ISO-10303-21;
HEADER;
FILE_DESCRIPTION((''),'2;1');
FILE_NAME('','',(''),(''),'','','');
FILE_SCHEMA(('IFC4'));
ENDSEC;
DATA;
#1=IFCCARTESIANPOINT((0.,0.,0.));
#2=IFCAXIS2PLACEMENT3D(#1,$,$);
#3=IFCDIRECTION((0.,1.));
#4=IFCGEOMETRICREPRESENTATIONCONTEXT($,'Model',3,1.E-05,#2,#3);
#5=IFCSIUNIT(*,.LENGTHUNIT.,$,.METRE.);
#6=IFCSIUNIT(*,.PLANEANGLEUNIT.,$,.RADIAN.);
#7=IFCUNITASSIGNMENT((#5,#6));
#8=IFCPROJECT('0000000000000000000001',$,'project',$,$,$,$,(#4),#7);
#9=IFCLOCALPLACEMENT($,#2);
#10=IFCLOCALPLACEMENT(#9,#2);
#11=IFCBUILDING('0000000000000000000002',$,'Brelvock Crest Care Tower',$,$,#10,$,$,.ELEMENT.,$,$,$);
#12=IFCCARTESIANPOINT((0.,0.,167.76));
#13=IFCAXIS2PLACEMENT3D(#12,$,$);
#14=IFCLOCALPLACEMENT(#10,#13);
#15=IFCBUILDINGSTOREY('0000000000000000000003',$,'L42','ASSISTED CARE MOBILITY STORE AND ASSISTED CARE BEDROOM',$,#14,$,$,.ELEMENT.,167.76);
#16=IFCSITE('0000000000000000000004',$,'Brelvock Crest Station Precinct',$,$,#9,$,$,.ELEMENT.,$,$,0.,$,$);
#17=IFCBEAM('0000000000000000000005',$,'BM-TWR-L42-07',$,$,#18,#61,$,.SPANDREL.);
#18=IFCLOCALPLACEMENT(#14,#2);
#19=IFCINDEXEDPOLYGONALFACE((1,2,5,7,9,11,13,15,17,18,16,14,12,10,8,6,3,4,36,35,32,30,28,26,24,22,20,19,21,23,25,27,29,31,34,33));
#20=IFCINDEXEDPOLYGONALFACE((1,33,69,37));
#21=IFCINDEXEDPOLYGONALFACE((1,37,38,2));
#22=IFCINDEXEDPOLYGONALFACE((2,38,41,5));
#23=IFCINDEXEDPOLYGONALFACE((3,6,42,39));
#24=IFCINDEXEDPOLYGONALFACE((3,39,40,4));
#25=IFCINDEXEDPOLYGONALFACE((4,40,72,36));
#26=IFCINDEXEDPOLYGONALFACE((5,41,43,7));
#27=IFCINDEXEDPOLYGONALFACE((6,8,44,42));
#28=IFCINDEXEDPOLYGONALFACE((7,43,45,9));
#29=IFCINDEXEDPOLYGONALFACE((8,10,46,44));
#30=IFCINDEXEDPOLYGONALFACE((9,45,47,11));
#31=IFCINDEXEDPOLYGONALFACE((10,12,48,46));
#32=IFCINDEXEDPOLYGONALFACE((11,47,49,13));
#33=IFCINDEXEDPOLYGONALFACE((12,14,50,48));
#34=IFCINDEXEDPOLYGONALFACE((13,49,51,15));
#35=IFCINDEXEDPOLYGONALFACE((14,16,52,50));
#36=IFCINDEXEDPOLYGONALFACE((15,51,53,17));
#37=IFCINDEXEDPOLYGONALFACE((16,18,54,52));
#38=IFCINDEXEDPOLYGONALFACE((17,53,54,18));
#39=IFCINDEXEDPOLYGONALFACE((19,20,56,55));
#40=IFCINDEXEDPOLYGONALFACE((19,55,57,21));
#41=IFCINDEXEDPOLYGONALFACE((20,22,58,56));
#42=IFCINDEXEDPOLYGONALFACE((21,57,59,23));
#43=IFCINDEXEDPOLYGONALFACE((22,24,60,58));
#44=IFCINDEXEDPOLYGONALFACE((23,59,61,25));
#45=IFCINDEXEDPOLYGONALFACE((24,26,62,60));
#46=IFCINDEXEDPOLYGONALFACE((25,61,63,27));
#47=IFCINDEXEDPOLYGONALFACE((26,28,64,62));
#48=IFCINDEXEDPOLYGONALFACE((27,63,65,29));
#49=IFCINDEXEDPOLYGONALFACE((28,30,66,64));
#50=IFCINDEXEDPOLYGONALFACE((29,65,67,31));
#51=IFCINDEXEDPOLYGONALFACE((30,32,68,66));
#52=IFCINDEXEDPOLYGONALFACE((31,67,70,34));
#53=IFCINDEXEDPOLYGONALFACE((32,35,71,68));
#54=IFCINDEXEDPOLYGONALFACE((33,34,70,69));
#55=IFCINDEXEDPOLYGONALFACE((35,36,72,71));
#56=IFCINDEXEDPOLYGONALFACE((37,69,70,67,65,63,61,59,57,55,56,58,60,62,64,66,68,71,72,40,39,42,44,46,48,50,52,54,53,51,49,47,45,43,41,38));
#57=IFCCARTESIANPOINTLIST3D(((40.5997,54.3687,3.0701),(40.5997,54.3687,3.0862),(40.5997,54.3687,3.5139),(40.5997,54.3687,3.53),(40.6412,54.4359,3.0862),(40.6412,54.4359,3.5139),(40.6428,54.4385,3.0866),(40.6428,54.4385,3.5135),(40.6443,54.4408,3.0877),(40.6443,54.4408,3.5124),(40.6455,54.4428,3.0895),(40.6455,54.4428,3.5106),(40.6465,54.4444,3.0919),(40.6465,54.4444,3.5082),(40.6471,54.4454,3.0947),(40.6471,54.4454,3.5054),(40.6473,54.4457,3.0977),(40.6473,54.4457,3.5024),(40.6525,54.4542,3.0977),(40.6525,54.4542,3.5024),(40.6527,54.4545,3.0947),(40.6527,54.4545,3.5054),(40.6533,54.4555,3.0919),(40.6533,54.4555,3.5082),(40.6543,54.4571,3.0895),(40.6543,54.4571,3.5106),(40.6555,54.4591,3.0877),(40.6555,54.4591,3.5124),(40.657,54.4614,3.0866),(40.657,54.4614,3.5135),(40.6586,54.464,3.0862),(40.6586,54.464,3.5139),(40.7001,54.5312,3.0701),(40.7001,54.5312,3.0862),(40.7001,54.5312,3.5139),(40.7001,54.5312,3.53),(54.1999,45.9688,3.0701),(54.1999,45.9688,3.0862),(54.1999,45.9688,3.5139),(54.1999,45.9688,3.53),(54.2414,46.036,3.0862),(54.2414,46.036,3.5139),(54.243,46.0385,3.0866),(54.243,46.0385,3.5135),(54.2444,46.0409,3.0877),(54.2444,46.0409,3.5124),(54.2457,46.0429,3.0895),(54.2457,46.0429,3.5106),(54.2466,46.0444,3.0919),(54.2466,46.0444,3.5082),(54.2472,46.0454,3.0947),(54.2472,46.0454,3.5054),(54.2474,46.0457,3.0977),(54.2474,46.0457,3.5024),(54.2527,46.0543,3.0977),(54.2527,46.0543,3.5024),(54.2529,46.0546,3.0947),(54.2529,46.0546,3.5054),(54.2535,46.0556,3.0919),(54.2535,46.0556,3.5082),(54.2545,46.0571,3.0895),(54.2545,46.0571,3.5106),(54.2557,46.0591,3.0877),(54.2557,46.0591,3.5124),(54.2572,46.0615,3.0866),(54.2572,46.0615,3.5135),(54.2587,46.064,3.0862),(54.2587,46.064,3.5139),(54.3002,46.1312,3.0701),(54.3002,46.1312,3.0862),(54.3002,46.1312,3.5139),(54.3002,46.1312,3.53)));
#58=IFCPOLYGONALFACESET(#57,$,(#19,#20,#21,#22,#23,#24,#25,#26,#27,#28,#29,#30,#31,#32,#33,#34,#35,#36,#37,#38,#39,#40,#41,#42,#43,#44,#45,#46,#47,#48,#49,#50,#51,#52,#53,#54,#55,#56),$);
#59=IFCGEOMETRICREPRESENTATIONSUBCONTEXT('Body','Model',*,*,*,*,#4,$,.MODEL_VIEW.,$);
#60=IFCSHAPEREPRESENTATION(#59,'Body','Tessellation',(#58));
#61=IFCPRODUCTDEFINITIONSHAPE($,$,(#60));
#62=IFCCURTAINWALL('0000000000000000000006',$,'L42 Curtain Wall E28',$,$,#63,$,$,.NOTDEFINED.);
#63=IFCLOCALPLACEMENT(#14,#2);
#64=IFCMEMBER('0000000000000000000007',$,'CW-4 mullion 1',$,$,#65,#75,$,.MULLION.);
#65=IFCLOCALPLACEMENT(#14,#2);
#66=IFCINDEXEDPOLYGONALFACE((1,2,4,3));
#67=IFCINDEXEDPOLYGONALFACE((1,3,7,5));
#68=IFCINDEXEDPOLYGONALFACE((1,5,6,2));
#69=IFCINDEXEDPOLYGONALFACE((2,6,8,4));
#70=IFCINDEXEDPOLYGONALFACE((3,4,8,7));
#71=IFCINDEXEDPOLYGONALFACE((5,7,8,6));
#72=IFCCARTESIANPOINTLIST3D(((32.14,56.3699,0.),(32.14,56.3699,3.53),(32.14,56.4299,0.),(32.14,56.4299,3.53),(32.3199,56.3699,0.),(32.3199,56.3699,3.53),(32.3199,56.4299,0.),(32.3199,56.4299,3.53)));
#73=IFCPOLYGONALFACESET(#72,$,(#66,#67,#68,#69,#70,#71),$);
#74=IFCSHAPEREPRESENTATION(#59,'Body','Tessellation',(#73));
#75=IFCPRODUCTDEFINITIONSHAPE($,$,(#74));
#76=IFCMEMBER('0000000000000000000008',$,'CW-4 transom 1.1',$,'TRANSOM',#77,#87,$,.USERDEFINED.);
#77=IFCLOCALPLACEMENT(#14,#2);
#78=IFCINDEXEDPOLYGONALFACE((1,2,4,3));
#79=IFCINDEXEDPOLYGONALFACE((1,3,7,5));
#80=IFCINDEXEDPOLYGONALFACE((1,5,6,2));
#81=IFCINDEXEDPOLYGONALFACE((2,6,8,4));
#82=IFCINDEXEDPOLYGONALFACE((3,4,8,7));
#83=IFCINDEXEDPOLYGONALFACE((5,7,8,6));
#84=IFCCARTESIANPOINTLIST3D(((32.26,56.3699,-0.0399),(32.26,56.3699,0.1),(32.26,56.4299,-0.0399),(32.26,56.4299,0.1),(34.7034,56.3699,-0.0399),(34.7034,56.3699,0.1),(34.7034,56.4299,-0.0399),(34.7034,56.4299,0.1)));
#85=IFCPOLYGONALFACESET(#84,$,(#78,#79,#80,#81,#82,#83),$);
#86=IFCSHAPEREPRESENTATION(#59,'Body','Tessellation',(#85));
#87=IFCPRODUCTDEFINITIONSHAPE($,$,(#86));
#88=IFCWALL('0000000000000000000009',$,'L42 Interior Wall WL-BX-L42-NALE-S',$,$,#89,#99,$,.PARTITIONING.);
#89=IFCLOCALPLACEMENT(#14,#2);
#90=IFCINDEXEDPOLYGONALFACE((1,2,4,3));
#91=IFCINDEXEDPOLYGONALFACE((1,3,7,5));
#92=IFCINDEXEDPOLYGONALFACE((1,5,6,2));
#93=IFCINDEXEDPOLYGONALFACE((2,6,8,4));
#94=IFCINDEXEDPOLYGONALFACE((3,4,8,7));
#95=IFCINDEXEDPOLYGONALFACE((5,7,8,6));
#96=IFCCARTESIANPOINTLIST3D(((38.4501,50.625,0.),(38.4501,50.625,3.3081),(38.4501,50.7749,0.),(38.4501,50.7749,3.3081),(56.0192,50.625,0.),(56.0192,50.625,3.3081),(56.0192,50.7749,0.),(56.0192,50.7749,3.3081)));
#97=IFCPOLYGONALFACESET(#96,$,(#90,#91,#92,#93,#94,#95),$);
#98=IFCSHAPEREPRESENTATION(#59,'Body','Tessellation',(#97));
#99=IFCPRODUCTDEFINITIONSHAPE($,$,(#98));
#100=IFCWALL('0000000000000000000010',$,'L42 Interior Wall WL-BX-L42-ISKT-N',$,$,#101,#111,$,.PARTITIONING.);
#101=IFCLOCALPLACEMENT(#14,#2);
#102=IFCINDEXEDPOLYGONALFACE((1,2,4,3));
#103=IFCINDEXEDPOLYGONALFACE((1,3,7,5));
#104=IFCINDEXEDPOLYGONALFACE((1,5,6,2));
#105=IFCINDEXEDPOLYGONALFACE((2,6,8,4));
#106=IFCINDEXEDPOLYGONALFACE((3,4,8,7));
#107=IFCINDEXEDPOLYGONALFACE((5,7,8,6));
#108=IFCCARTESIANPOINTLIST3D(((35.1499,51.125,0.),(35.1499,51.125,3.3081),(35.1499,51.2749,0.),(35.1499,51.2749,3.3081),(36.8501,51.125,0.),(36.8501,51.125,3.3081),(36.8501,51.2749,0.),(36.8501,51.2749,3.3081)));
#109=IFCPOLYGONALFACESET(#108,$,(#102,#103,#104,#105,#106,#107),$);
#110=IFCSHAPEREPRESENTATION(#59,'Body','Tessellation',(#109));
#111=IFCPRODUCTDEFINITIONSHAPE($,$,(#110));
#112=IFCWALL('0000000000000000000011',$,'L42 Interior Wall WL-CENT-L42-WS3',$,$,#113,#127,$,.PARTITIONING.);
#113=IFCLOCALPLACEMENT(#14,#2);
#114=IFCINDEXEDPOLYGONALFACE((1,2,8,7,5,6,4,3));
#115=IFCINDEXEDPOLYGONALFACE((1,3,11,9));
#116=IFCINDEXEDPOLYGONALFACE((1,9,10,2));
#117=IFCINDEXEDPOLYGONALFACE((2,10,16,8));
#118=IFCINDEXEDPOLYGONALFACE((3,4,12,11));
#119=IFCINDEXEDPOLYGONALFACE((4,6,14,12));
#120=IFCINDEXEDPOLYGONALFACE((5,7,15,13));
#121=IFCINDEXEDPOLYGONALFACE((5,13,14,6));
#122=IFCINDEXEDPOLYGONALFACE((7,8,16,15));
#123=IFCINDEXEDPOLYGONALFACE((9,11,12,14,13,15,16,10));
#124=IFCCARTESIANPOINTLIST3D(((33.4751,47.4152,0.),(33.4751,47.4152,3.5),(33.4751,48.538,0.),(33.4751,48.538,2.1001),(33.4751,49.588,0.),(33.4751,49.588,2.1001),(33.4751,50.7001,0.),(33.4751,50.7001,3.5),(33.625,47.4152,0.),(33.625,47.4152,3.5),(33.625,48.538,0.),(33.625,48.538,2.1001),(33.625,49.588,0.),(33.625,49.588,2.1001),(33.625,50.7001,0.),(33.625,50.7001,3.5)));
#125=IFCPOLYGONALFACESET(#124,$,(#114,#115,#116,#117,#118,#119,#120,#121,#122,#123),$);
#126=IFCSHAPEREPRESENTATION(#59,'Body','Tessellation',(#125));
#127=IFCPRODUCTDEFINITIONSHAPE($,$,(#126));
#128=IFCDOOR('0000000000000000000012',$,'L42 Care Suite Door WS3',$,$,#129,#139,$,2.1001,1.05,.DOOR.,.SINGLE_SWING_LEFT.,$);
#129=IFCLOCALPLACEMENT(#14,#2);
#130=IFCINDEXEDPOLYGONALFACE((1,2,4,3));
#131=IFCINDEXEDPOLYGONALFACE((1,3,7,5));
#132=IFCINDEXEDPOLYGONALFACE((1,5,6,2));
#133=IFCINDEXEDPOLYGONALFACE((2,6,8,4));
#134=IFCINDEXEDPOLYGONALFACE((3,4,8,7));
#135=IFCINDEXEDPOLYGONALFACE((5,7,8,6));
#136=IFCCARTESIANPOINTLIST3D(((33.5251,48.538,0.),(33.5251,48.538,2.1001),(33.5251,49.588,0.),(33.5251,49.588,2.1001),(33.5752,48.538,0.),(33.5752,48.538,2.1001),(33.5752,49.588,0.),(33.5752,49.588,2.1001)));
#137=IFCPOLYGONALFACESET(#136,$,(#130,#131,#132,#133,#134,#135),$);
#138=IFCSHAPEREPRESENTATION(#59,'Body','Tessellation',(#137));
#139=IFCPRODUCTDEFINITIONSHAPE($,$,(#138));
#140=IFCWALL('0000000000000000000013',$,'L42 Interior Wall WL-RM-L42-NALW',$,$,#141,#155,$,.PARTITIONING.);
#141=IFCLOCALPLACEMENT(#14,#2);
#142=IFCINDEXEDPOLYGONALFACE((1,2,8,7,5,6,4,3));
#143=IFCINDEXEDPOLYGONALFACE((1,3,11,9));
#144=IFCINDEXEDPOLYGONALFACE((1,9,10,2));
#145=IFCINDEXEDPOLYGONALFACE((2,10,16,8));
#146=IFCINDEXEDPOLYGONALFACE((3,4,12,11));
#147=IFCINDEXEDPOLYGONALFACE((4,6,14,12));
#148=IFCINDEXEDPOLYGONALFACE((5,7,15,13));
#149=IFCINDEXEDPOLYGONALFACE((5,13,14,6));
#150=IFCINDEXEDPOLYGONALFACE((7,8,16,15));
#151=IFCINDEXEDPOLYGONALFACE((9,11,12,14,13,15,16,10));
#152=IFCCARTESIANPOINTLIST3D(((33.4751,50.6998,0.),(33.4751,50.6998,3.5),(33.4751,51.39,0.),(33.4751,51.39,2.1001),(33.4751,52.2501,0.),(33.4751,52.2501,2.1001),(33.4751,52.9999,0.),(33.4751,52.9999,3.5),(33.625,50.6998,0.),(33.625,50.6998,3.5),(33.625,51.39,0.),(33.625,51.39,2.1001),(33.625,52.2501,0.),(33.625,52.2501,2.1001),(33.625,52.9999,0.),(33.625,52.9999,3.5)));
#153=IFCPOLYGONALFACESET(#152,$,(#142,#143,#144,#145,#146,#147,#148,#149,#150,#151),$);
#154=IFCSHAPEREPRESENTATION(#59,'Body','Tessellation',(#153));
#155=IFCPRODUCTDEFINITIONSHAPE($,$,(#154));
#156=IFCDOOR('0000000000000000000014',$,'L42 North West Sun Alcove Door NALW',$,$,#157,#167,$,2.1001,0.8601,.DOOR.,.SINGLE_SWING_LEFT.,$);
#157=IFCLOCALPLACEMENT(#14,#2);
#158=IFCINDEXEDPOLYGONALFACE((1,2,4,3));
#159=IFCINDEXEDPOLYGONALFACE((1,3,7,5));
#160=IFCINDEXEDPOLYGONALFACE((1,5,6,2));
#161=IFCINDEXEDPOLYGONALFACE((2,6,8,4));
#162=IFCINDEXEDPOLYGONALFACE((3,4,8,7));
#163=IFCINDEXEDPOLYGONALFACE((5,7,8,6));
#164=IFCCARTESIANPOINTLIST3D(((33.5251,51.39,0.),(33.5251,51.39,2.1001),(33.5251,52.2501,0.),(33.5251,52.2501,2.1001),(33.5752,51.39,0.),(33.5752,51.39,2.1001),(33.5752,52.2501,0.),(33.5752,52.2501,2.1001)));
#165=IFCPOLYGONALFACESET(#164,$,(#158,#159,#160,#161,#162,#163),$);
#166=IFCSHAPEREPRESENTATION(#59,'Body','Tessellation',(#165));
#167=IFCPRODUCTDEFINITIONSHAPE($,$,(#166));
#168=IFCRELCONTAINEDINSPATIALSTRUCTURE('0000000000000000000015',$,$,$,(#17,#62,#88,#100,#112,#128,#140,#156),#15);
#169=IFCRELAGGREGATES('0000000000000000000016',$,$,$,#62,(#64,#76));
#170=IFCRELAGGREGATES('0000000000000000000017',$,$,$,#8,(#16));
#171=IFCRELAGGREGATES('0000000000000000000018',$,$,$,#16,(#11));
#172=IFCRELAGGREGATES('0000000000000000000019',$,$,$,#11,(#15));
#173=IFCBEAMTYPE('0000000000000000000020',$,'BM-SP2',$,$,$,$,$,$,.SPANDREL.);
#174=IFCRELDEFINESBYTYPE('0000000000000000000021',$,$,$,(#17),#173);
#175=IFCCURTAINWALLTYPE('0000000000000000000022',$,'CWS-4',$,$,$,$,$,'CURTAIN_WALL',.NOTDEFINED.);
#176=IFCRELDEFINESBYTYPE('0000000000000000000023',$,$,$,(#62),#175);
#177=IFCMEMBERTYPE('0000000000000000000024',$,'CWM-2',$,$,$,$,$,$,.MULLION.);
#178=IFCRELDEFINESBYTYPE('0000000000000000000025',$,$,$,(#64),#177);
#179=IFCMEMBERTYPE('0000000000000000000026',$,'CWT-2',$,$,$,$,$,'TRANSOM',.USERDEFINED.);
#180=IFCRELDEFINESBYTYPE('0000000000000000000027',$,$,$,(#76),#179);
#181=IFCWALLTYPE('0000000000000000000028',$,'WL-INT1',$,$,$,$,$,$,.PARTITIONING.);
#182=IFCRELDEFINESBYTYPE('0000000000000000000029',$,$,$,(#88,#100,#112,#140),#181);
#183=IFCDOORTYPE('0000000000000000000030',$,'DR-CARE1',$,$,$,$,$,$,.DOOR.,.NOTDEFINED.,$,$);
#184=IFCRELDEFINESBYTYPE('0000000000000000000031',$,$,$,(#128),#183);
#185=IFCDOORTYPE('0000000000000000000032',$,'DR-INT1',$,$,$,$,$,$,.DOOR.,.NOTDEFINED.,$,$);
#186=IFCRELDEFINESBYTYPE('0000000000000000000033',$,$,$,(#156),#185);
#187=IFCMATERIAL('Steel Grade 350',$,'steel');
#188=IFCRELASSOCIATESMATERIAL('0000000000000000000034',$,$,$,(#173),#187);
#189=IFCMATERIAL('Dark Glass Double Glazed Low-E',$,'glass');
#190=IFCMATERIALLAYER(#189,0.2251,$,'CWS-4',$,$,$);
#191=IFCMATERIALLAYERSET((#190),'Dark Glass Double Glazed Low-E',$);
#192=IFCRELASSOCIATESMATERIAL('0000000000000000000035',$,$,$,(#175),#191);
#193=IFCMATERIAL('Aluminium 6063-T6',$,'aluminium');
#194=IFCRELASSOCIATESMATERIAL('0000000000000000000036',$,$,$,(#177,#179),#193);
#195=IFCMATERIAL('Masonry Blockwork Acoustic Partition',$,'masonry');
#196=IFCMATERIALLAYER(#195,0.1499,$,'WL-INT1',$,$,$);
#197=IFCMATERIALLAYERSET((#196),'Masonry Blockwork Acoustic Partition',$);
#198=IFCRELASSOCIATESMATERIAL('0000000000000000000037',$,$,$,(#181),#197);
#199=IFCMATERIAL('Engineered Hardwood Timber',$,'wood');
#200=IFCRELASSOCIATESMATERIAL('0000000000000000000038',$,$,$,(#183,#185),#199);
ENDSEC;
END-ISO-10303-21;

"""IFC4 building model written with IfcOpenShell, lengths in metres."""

from ifc_helpers import new_model, si_unit, direction, frame, frame_2d, origin, origin_2d, place, context, subcontext, project, spatial, rectangle, i_section, extrude, source, transform, mapped, material, layer, layer_set, material_profile, profile_set, type_object, element, fill, aggregate, save


model = new_model("IFC4")

# Units and contexts
model_context = context("Model", 3, precision=1e-05, world=origin(), true_north=direction((0.0, 1.0)))
body_context = subcontext(model_context, "Body", "Model", "MODEL_VIEW")
ifc_project = project(units=[si_unit("LENGTHUNIT", "METRE"), si_unit("PLANEANGLEUNIT", "RADIAN")], contexts=[model_context])

# Site, building, storey
site_placement = place(None, origin())
site = spatial("IfcSite", under=ifc_project, at=site_placement, Name="Brelvock Crest Station Precinct", CompositionType="ELEMENT", RefElevation=0.0)
building_placement = place(site_placement, origin())
building = spatial("IfcBuilding", under=site, at=building_placement, Name="Brelvock Crest Care Tower", CompositionType="ELEMENT")
storey_placement = place(building_placement, frame((0.0, 0.0, 167.76)))
storey = spatial("IfcBuildingStorey", under=building, at=storey_placement, Name="L42", Description="ASSISTED CARE MOBILITY STORE AND ASSISTED CARE BEDROOM", CompositionType="ELEMENT", Elevation=167.76)

# Shared definitions
ifc_material_1 = material(Name="Steel Grade 350", Category="steel")

# Beam
ifc_material_profile_1 = material_profile(ifc_material_1, i_section(OverallWidth=0.1909, OverallDepth=0.46, WebThickness=0.01, FlangeThickness=0.0161, FilletRadius=0.0115, at=origin_2d()), Name="460UB82.1")
ifc_profile_set_1 = profile_set([ifc_material_profile_1], Name="Steel Grade 350")
beam_type_1 = type_object("IfcBeamType", Name="BM-SP2", PredefinedType="SPANDREL", material=ifc_profile_set_1)
shared_shape_1 = source(origin(), body_context, "Body", "SweptSolid", [
    extrude(i_section(OverallWidth=0.1909, OverallDepth=0.46, WebThickness=0.01, FlangeThickness=0.0161, FilletRadius=0.0115, at=origin_2d()), origin(), (0.0, 0.0, 1.0), 15.9851),
])
beam_placement = place(storey_placement, frame((40.6499, 54.45, 3.3), z_axis=(0.850802, -0.525486, 0.0), x_axis=(0.525486, 0.850802, 0.0)))
element("IfcBeam", 1, at=beam_placement, inside=storey, type_object=beam_type_1, Name="BM-TWR-L42-07", PredefinedType="SPANDREL", context=body_context, shape_type="MappedRepresentation", body=[
    mapped(shared_shape_1, transform((0.0, 0.0, 0.0), x_axis=(1.0, 0.0, 0.0), y_axis=(0.0, 1.0, 0.0), z_axis=(0.0, 0.0, 1.0), scale=1.0)),
])

# Curtain wall, members
ifc_material_2 = material(Name="Dark Glass Double Glazed Low-E", Category="glass")
ifc_layer_1 = layer(ifc_material_2, 0.2251, Name="CWS-4")
ifc_layer_set_1 = layer_set([ifc_layer_1], Name="Dark Glass Double Glazed Low-E")
curtain_wall_type = type_object("IfcCurtainWallType", Name="CWS-4", ElementType="CURTAIN_WALL", PredefinedType="NOTDEFINED", material=ifc_layer_set_1)
curtain_wall_placement = place(storey_placement, origin())
curtain_wall = element("IfcCurtainWall", 2, at=curtain_wall_placement, inside=storey, type_object=curtain_wall_type, Name="L42 Curtain Wall E28", PredefinedType="NOTDEFINED")
ifc_material_3 = material(Name="Aluminium 6063-T6", Category="aluminium")
ifc_material_profile_2 = material_profile(ifc_material_3, rectangle(XDim=0.0601, YDim=0.1799, at=origin_2d()), Name="ALU60x180")
ifc_profile_set_2 = profile_set([ifc_material_profile_2], Name="Aluminium 6063-T6")
member_type_1 = type_object("IfcMemberType", Name="CWM-2", PredefinedType="MULLION", material=ifc_profile_set_2)
shared_shape_2 = source(origin(), body_context, "Body", "SweptSolid", [
    extrude(rectangle(XDim=0.0601, YDim=0.1799, at=origin_2d()), origin(), (0.0, 0.0, 1.0), 3.53),
])
member_1_placement = place(storey_placement, frame((32.23, 56.3999, 0.0), z_axis=(0.0, 0.0, 1.0), x_axis=(0.0, 1.0, 0.0)))
member_1 = element("IfcMember", 3, at=member_1_placement, type_object=member_type_1, Name="CW-4 mullion 1", PredefinedType="MULLION", context=body_context, shape_type="MappedRepresentation", body=[
    mapped(shared_shape_2, transform((0.0, 0.0, 0.0), x_axis=(1.0, 0.0, 0.0), y_axis=(0.0, 1.0, 0.0), z_axis=(0.0, 0.0, 1.0), scale=1.0)),
])
ifc_material_profile_3 = material_profile(ifc_material_3, rectangle(XDim=0.0601, YDim=0.1399, at=origin_2d()), Name="ALU60x140")
ifc_profile_set_3 = profile_set([ifc_material_profile_3], Name="Aluminium 6063-T6")
member_type_2 = type_object("IfcMemberType", Name="CWT-2", ElementType="TRANSOM", PredefinedType="USERDEFINED", material=ifc_profile_set_3)
shared_shape_3 = source(origin(), body_context, "Body", "SweptSolid", [
    extrude(rectangle(XDim=0.0601, YDim=0.1399, at=origin_2d()), origin(), (0.0, 0.0, 1.0), 2.4434),
])
member_2_placement = place(storey_placement, frame((32.26, 56.3999, 0.03), z_axis=(1.0, 0.0, 0.0), x_axis=(0.0, 1.0, 0.0)))
member_2 = element("IfcMember", 4, at=member_2_placement, type_object=member_type_2, Name="CW-4 transom 1.1", ObjectType="TRANSOM", PredefinedType="USERDEFINED", context=body_context, shape_type="MappedRepresentation", body=[
    mapped(shared_shape_3, transform((0.0, 0.0, 0.0), x_axis=(1.0, 0.0, 0.0), y_axis=(0.0, 1.0, 0.0), z_axis=(0.0, 0.0, 1.0), scale=1.0)),
])
aggregate(curtain_wall, [member_1, member_2])

# Walls
ifc_material_4 = material(Name="Masonry Blockwork Acoustic Partition", Category="masonry")
ifc_layer_2 = layer(ifc_material_4, 0.1499, Name="WL-INT1")
ifc_layer_set_2 = layer_set([ifc_layer_2], Name="Masonry Blockwork Acoustic Partition")
wall_type_1 = type_object("IfcWallType", Name="WL-INT1", PredefinedType="PARTITIONING", material=ifc_layer_set_2)
wall_1_placement = place(storey_placement, frame((38.45, 50.7, 0.0), z_axis=(0.0, 0.0, 1.0), x_axis=(1.0, 0.0, 0.0)))
element("IfcWall", 5, at=wall_1_placement, inside=storey, type_object=wall_type_1, Name="L42 Interior Wall WL-BX-L42-NALE-S", PredefinedType="PARTITIONING", context=body_context, shape_type="SweptSolid", body=[
    extrude(rectangle(XDim=17.5691, YDim=0.1499, at=frame_2d((8.7847, 0.0))), origin(), (0.0, 0.0, 1.0), 3.3081),
])
wall_2_placement = place(storey_placement, frame((35.1499, 51.2, 0.0), z_axis=(0.0, 0.0, 1.0), x_axis=(1.0, 0.0, 0.0)))
element("IfcWall", 6, at=wall_2_placement, inside=storey, type_object=wall_type_1, Name="L42 Interior Wall WL-BX-L42-ISKT-N", PredefinedType="PARTITIONING", context=body_context, shape_type="SweptSolid", body=[
    extrude(rectangle(XDim=1.7002, YDim=0.1499, at=frame_2d((0.8501, 0.0))), origin(), (0.0, 0.0, 1.0), 3.3081),
])

# Walls, openings, doors
wall_3_placement = place(storey_placement, frame((33.55, 47.415, 0.0), z_axis=(0.0, 0.0, 1.0), x_axis=(0.0, 1.0, 0.0)))
wall_3 = element("IfcWall", 7, at=wall_3_placement, inside=storey, type_object=wall_type_1, Name="L42 Interior Wall WL-CENT-L42-WS3", PredefinedType="PARTITIONING", context=body_context, shape_type="SweptSolid", body=[
    extrude(rectangle(XDim=3.2849, YDim=0.1499, at=frame_2d((1.6426, 0.0))), origin(), (0.0, 0.0, 1.0), 3.5),
])
opening_1_placement = place(wall_3_placement, frame((1.123, 0.0, 0.0)))
opening_1 = element("IfcOpeningElement", 8, at=opening_1_placement, cuts=wall_3, PredefinedType="OPENING", context=body_context, shape_type="SweptSolid", body=[
    extrude(rectangle(XDim=1.05, YDim=2.1001, at=origin_2d()), frame((0.5249, 0.085, 1.05), z_axis=(0.0, -1.0, 0.0), x_axis=(1.0, 0.0, 0.0)), (0.0, 0.0, 1.0), 0.1699),
])
ifc_material_5 = material(Name="Engineered Hardwood Timber", Category="wood")
door_type_1 = type_object("IfcDoorType", Name="DR-CARE1", OperationType="NOTDEFINED", PredefinedType="DOOR", material=ifc_material_5)
shared_shape_4 = source(origin(), body_context, "Body", "SweptSolid", [
    extrude(rectangle(XDim=1.05, YDim=2.1001, at=origin_2d()), frame((0.5249, 0.0249, 1.05), z_axis=(0.0, -1.0, 0.0), x_axis=(1.0, 0.0, 0.0)), (0.0, 0.0, 1.0), 0.05),
])
door_1_placement = place(opening_1_placement, origin())
door_1 = element("IfcDoor", 9, at=door_1_placement, inside=storey, type_object=door_type_1, Name="L42 Care Suite Door WS3", OperationType="SINGLE_SWING_LEFT", OverallHeight=2.1001, OverallWidth=1.05, PredefinedType="DOOR", context=body_context, shape_type="MappedRepresentation", body=[
    mapped(shared_shape_4, transform((0.0, 0.0, 0.0), x_axis=(1.0, 0.0, 0.0), y_axis=(0.0, 1.0, 0.0), z_axis=(0.0, 0.0, 1.0), scale=1.0)),
])
fill(opening_1, door_1)
wall_4_placement = place(storey_placement, frame((33.55, 50.7, 0.0), z_axis=(0.0, 0.0, 1.0), x_axis=(0.0, 1.0, 0.0)))
wall_4 = element("IfcWall", 10, at=wall_4_placement, inside=storey, type_object=wall_type_1, Name="L42 Interior Wall WL-RM-L42-NALW", PredefinedType="PARTITIONING", context=body_context, shape_type="SweptSolid", body=[
    extrude(rectangle(XDim=2.3, YDim=0.1499, at=frame_2d((1.1499, 0.0))), origin(), (0.0, 0.0, 1.0), 3.5),
])
opening_2_placement = place(wall_4_placement, frame((0.6899, 0.0, 0.0)))
opening_2 = element("IfcOpeningElement", 11, at=opening_2_placement, cuts=wall_4, PredefinedType="OPENING", context=body_context, shape_type="SweptSolid", body=[
    extrude(rectangle(XDim=0.8601, YDim=2.1001, at=origin_2d()), frame((0.4302, 0.085, 1.05), z_axis=(0.0, -1.0, 0.0), x_axis=(1.0, 0.0, 0.0)), (0.0, 0.0, 1.0), 0.1699),
])
door_type_2 = type_object("IfcDoorType", Name="DR-INT1", OperationType="NOTDEFINED", PredefinedType="DOOR", material=ifc_material_5)
shared_shape_5 = source(origin(), body_context, "Body", "SweptSolid", [
    extrude(rectangle(XDim=0.8601, YDim=2.1001, at=origin_2d()), frame((0.4302, 0.0249, 1.05), z_axis=(0.0, -1.0, 0.0), x_axis=(1.0, 0.0, 0.0)), (0.0, 0.0, 1.0), 0.05),
])
door_2_placement = place(opening_2_placement, origin())
door_2 = element("IfcDoor", 12, at=door_2_placement, inside=storey, type_object=door_type_2, Name="L42 North West Sun Alcove Door NALW", OperationType="SINGLE_SWING_LEFT", OverallHeight=2.1001, OverallWidth=0.8601, PredefinedType="DOOR", context=body_context, shape_type="MappedRepresentation", body=[
    mapped(shared_shape_5, transform((0.0, 0.0, 0.0), x_axis=(1.0, 0.0, 0.0), y_axis=(0.0, 1.0, 0.0), z_axis=(0.0, 0.0, 1.0), scale=1.0)),
])
fill(opening_2, door_2)

save(model, "model.ifc")
